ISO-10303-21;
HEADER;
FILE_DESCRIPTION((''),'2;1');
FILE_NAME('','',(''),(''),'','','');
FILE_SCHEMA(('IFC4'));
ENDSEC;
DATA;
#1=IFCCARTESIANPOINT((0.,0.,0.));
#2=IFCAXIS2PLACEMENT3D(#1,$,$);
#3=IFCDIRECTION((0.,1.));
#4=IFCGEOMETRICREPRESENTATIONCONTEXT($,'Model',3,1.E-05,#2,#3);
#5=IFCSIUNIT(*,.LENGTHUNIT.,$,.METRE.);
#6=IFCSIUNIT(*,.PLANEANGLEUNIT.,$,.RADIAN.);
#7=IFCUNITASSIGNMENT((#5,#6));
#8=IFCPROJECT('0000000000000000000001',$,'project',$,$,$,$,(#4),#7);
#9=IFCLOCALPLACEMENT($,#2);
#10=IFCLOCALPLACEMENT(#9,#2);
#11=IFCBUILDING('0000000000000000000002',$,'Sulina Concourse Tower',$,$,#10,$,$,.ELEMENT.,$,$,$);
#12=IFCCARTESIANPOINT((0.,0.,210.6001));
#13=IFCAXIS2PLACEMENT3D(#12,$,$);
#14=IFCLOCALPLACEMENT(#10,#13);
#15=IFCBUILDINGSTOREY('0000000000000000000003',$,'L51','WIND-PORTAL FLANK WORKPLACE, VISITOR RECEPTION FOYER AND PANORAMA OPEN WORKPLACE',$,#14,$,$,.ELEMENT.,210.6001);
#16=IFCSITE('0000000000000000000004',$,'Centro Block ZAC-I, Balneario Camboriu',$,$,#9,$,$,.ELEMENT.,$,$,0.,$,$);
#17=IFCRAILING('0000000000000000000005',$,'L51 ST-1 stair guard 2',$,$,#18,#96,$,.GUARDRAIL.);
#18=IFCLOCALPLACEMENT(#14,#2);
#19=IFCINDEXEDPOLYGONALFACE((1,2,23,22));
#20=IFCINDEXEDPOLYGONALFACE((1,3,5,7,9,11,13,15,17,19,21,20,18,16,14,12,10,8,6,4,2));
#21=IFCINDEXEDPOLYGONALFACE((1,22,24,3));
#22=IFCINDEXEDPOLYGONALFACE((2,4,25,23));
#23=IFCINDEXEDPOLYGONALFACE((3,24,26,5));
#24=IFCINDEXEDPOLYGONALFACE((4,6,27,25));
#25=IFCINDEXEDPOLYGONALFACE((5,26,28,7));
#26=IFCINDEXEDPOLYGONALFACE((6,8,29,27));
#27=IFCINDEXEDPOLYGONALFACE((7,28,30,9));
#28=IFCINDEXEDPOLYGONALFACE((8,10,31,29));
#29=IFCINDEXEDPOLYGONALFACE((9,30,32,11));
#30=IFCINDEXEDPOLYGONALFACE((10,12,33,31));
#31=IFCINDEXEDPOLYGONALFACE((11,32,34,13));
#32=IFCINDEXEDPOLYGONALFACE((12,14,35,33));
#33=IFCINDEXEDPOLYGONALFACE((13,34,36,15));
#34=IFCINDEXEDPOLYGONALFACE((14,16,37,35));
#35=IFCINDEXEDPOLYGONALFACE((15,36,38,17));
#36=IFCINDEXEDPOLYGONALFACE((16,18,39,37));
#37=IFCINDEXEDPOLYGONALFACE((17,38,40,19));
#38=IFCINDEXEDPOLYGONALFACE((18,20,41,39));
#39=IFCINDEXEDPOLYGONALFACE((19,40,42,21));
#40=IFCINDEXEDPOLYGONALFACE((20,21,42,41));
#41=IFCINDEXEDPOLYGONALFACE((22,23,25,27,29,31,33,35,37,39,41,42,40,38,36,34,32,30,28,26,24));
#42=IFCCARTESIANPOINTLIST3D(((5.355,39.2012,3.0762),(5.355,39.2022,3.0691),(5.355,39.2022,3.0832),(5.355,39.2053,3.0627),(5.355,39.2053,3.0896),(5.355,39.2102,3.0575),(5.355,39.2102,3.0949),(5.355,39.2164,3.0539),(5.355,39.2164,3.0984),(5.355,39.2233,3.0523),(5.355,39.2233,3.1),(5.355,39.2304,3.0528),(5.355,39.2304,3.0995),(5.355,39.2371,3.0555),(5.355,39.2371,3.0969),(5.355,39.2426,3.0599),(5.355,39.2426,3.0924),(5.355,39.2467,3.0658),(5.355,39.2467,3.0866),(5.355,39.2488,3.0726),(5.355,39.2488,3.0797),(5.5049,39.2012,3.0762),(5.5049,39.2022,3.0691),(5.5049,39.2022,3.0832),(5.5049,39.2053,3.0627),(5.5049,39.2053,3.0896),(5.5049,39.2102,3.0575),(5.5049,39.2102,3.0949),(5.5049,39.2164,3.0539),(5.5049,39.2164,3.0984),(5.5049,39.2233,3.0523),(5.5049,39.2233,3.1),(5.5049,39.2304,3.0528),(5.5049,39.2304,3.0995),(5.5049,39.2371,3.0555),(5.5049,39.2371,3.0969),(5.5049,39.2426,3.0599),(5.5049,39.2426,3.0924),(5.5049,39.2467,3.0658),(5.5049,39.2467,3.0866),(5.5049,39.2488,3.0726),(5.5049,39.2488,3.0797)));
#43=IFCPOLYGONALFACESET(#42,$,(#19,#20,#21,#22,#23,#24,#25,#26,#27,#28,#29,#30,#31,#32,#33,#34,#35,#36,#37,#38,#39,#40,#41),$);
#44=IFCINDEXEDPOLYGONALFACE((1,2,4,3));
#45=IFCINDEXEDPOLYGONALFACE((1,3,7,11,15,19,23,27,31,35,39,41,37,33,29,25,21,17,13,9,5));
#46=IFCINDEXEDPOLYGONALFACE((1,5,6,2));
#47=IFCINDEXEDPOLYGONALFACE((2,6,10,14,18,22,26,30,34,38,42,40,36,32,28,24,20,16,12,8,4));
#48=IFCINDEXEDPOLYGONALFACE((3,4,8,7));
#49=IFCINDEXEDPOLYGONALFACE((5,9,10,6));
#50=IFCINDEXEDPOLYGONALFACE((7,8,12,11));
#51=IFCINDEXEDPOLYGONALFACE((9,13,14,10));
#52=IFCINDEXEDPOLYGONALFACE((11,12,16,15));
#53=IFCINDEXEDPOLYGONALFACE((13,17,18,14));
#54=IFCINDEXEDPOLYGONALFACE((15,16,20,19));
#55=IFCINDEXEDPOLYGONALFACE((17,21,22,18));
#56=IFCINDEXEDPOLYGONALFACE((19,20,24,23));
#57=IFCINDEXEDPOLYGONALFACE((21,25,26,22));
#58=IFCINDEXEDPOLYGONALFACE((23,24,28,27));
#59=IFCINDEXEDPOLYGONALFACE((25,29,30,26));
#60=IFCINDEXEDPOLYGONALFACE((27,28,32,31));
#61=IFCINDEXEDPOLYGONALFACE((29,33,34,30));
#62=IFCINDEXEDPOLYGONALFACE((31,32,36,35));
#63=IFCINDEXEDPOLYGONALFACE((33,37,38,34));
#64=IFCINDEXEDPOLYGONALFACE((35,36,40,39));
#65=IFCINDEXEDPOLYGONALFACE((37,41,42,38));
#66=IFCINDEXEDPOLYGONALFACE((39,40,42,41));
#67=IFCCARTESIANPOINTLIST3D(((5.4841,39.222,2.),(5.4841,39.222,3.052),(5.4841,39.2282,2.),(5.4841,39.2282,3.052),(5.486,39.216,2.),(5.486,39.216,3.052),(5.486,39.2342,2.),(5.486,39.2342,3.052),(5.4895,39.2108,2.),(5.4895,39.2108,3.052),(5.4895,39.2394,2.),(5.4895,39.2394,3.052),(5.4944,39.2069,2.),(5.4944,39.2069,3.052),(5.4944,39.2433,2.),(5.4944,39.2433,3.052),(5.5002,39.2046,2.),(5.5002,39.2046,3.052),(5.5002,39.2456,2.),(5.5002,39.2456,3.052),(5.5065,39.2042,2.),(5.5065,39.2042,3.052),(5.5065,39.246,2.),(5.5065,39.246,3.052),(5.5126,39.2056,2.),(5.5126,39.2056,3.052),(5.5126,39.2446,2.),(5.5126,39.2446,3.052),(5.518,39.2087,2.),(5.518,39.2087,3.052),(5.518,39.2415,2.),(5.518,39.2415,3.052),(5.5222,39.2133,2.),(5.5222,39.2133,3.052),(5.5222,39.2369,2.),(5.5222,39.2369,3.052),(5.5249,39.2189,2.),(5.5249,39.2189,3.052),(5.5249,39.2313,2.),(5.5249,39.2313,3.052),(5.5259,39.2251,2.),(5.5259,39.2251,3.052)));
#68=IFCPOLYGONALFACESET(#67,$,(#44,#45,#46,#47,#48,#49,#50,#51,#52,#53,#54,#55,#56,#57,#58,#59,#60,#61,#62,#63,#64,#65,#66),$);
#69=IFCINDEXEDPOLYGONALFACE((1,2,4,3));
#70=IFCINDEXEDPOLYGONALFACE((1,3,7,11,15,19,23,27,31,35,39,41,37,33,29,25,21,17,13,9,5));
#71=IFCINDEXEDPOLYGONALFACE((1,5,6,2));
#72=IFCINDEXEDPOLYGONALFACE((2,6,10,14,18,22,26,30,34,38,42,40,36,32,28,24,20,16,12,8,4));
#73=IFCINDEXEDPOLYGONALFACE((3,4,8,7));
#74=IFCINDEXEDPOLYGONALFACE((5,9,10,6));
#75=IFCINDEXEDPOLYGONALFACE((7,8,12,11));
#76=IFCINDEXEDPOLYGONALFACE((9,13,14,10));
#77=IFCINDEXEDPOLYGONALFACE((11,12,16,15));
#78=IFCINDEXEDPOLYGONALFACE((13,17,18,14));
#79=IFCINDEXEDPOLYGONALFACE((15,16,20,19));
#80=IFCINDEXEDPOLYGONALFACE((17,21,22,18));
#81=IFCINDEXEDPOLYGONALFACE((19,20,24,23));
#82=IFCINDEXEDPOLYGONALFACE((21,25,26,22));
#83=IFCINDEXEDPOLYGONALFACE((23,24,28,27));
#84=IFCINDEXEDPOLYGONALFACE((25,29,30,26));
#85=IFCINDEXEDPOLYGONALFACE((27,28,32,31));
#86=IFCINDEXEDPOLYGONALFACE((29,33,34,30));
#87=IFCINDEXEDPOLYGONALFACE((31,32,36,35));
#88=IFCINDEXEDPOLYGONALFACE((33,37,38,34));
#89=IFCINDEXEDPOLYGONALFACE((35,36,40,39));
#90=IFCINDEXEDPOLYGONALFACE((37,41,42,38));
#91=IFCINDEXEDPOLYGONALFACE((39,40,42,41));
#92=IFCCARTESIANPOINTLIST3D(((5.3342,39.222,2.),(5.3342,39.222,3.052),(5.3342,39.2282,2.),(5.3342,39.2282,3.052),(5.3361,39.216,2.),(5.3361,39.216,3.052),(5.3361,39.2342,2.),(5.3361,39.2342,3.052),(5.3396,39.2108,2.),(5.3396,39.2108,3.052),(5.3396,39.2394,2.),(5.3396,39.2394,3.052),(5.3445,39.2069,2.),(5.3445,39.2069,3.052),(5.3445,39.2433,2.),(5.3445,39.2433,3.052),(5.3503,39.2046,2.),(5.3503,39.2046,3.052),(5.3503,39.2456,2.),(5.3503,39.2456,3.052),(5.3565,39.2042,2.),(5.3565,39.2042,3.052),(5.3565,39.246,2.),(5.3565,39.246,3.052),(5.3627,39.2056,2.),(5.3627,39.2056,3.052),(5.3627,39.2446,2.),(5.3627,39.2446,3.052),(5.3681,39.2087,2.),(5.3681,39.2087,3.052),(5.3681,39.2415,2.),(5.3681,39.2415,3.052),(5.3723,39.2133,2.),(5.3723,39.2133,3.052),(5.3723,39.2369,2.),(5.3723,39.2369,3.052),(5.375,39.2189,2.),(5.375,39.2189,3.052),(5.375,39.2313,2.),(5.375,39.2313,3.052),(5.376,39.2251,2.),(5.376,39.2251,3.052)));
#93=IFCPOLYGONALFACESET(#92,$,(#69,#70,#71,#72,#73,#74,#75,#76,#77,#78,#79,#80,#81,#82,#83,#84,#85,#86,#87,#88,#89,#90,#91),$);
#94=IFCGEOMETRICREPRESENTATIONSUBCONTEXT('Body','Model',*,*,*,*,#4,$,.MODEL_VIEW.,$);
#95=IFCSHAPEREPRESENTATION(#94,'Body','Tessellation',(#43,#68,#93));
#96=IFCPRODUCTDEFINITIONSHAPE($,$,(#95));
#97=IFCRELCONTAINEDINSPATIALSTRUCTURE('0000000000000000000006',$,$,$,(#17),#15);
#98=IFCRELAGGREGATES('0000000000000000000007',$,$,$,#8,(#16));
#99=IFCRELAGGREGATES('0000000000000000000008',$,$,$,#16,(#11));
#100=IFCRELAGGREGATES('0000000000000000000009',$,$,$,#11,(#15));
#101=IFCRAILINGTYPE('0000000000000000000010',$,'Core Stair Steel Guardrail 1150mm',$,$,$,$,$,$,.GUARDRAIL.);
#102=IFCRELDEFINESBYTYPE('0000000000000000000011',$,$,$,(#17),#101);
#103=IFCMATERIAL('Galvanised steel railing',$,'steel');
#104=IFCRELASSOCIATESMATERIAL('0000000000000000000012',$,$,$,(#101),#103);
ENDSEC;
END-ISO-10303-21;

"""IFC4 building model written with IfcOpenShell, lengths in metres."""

from ifc_helpers import new_model, si_unit, direction, frame, origin, origin_2d, place, context, subcontext, project, spatial, circle, extrude, material, type_object, element, save


model = new_model("IFC4")

# Units and contexts
model_context = context("Model", 3, precision=1e-05, world=origin(), true_north=direction((0.0, 1.0)))
body_context = subcontext(model_context, "Body", "Model", "MODEL_VIEW")
ifc_project = project(units=[si_unit("LENGTHUNIT", "METRE"), si_unit("PLANEANGLEUNIT", "RADIAN")], contexts=[model_context])

# Site, building, storey
site_placement = place(None, origin())
site = spatial("IfcSite", under=ifc_project, at=site_placement, Name="Centro Block ZAC-I, Balneario Camboriu", CompositionType="ELEMENT", RefElevation=0.0)
building_placement = place(site_placement, origin())
building = spatial("IfcBuilding", under=site, at=building_placement, Name="Sulina Concourse Tower", CompositionType="ELEMENT")
storey_placement = place(building_placement, frame((0.0, 0.0, 210.6001)))
storey = spatial("IfcBuildingStorey", under=building, at=storey_placement, Name="L51", Description="WIND-PORTAL FLANK WORKPLACE, VISITOR RECEPTION FOYER AND PANORAMA OPEN WORKPLACE", CompositionType="ELEMENT", Elevation=210.6001)

# Railing
ifc_material_1 = material(Name="Galvanised steel railing", Category="steel")
railing_type_1 = type_object("IfcRailingType", Name="Core Stair Steel Guardrail 1150mm", PredefinedType="GUARDRAIL", material=ifc_material_1)
railing_1_placement = place(storey_placement, frame((5.5049, 39.2251, 2.0)))
element("IfcRailing", 1, at=railing_1_placement, inside=storey, type_object=railing_type_1, Name="L51 ST-1 stair guard 2", PredefinedType="GUARDRAIL", context=body_context, shape_type="SweptSolid", body=[
    extrude(circle(Radius=0.0239, at=origin_2d()), frame((0.0, 0.0, 1.0762), z_axis=(-1.0, 0.0, 0.0), x_axis=(0.0, -1.0, 0.0)), (0.0, 0.0, 1.0), 0.1499),
    extrude(circle(Radius=0.021, at=origin_2d()), origin(), (0.0, 0.0, 1.0), 1.052),
    extrude(circle(Radius=0.021, at=origin_2d()), frame((-0.1499, 0.0, 0.0)), (0.0, 0.0, 1.0), 1.052),
])

save(model, "model.ifc")
